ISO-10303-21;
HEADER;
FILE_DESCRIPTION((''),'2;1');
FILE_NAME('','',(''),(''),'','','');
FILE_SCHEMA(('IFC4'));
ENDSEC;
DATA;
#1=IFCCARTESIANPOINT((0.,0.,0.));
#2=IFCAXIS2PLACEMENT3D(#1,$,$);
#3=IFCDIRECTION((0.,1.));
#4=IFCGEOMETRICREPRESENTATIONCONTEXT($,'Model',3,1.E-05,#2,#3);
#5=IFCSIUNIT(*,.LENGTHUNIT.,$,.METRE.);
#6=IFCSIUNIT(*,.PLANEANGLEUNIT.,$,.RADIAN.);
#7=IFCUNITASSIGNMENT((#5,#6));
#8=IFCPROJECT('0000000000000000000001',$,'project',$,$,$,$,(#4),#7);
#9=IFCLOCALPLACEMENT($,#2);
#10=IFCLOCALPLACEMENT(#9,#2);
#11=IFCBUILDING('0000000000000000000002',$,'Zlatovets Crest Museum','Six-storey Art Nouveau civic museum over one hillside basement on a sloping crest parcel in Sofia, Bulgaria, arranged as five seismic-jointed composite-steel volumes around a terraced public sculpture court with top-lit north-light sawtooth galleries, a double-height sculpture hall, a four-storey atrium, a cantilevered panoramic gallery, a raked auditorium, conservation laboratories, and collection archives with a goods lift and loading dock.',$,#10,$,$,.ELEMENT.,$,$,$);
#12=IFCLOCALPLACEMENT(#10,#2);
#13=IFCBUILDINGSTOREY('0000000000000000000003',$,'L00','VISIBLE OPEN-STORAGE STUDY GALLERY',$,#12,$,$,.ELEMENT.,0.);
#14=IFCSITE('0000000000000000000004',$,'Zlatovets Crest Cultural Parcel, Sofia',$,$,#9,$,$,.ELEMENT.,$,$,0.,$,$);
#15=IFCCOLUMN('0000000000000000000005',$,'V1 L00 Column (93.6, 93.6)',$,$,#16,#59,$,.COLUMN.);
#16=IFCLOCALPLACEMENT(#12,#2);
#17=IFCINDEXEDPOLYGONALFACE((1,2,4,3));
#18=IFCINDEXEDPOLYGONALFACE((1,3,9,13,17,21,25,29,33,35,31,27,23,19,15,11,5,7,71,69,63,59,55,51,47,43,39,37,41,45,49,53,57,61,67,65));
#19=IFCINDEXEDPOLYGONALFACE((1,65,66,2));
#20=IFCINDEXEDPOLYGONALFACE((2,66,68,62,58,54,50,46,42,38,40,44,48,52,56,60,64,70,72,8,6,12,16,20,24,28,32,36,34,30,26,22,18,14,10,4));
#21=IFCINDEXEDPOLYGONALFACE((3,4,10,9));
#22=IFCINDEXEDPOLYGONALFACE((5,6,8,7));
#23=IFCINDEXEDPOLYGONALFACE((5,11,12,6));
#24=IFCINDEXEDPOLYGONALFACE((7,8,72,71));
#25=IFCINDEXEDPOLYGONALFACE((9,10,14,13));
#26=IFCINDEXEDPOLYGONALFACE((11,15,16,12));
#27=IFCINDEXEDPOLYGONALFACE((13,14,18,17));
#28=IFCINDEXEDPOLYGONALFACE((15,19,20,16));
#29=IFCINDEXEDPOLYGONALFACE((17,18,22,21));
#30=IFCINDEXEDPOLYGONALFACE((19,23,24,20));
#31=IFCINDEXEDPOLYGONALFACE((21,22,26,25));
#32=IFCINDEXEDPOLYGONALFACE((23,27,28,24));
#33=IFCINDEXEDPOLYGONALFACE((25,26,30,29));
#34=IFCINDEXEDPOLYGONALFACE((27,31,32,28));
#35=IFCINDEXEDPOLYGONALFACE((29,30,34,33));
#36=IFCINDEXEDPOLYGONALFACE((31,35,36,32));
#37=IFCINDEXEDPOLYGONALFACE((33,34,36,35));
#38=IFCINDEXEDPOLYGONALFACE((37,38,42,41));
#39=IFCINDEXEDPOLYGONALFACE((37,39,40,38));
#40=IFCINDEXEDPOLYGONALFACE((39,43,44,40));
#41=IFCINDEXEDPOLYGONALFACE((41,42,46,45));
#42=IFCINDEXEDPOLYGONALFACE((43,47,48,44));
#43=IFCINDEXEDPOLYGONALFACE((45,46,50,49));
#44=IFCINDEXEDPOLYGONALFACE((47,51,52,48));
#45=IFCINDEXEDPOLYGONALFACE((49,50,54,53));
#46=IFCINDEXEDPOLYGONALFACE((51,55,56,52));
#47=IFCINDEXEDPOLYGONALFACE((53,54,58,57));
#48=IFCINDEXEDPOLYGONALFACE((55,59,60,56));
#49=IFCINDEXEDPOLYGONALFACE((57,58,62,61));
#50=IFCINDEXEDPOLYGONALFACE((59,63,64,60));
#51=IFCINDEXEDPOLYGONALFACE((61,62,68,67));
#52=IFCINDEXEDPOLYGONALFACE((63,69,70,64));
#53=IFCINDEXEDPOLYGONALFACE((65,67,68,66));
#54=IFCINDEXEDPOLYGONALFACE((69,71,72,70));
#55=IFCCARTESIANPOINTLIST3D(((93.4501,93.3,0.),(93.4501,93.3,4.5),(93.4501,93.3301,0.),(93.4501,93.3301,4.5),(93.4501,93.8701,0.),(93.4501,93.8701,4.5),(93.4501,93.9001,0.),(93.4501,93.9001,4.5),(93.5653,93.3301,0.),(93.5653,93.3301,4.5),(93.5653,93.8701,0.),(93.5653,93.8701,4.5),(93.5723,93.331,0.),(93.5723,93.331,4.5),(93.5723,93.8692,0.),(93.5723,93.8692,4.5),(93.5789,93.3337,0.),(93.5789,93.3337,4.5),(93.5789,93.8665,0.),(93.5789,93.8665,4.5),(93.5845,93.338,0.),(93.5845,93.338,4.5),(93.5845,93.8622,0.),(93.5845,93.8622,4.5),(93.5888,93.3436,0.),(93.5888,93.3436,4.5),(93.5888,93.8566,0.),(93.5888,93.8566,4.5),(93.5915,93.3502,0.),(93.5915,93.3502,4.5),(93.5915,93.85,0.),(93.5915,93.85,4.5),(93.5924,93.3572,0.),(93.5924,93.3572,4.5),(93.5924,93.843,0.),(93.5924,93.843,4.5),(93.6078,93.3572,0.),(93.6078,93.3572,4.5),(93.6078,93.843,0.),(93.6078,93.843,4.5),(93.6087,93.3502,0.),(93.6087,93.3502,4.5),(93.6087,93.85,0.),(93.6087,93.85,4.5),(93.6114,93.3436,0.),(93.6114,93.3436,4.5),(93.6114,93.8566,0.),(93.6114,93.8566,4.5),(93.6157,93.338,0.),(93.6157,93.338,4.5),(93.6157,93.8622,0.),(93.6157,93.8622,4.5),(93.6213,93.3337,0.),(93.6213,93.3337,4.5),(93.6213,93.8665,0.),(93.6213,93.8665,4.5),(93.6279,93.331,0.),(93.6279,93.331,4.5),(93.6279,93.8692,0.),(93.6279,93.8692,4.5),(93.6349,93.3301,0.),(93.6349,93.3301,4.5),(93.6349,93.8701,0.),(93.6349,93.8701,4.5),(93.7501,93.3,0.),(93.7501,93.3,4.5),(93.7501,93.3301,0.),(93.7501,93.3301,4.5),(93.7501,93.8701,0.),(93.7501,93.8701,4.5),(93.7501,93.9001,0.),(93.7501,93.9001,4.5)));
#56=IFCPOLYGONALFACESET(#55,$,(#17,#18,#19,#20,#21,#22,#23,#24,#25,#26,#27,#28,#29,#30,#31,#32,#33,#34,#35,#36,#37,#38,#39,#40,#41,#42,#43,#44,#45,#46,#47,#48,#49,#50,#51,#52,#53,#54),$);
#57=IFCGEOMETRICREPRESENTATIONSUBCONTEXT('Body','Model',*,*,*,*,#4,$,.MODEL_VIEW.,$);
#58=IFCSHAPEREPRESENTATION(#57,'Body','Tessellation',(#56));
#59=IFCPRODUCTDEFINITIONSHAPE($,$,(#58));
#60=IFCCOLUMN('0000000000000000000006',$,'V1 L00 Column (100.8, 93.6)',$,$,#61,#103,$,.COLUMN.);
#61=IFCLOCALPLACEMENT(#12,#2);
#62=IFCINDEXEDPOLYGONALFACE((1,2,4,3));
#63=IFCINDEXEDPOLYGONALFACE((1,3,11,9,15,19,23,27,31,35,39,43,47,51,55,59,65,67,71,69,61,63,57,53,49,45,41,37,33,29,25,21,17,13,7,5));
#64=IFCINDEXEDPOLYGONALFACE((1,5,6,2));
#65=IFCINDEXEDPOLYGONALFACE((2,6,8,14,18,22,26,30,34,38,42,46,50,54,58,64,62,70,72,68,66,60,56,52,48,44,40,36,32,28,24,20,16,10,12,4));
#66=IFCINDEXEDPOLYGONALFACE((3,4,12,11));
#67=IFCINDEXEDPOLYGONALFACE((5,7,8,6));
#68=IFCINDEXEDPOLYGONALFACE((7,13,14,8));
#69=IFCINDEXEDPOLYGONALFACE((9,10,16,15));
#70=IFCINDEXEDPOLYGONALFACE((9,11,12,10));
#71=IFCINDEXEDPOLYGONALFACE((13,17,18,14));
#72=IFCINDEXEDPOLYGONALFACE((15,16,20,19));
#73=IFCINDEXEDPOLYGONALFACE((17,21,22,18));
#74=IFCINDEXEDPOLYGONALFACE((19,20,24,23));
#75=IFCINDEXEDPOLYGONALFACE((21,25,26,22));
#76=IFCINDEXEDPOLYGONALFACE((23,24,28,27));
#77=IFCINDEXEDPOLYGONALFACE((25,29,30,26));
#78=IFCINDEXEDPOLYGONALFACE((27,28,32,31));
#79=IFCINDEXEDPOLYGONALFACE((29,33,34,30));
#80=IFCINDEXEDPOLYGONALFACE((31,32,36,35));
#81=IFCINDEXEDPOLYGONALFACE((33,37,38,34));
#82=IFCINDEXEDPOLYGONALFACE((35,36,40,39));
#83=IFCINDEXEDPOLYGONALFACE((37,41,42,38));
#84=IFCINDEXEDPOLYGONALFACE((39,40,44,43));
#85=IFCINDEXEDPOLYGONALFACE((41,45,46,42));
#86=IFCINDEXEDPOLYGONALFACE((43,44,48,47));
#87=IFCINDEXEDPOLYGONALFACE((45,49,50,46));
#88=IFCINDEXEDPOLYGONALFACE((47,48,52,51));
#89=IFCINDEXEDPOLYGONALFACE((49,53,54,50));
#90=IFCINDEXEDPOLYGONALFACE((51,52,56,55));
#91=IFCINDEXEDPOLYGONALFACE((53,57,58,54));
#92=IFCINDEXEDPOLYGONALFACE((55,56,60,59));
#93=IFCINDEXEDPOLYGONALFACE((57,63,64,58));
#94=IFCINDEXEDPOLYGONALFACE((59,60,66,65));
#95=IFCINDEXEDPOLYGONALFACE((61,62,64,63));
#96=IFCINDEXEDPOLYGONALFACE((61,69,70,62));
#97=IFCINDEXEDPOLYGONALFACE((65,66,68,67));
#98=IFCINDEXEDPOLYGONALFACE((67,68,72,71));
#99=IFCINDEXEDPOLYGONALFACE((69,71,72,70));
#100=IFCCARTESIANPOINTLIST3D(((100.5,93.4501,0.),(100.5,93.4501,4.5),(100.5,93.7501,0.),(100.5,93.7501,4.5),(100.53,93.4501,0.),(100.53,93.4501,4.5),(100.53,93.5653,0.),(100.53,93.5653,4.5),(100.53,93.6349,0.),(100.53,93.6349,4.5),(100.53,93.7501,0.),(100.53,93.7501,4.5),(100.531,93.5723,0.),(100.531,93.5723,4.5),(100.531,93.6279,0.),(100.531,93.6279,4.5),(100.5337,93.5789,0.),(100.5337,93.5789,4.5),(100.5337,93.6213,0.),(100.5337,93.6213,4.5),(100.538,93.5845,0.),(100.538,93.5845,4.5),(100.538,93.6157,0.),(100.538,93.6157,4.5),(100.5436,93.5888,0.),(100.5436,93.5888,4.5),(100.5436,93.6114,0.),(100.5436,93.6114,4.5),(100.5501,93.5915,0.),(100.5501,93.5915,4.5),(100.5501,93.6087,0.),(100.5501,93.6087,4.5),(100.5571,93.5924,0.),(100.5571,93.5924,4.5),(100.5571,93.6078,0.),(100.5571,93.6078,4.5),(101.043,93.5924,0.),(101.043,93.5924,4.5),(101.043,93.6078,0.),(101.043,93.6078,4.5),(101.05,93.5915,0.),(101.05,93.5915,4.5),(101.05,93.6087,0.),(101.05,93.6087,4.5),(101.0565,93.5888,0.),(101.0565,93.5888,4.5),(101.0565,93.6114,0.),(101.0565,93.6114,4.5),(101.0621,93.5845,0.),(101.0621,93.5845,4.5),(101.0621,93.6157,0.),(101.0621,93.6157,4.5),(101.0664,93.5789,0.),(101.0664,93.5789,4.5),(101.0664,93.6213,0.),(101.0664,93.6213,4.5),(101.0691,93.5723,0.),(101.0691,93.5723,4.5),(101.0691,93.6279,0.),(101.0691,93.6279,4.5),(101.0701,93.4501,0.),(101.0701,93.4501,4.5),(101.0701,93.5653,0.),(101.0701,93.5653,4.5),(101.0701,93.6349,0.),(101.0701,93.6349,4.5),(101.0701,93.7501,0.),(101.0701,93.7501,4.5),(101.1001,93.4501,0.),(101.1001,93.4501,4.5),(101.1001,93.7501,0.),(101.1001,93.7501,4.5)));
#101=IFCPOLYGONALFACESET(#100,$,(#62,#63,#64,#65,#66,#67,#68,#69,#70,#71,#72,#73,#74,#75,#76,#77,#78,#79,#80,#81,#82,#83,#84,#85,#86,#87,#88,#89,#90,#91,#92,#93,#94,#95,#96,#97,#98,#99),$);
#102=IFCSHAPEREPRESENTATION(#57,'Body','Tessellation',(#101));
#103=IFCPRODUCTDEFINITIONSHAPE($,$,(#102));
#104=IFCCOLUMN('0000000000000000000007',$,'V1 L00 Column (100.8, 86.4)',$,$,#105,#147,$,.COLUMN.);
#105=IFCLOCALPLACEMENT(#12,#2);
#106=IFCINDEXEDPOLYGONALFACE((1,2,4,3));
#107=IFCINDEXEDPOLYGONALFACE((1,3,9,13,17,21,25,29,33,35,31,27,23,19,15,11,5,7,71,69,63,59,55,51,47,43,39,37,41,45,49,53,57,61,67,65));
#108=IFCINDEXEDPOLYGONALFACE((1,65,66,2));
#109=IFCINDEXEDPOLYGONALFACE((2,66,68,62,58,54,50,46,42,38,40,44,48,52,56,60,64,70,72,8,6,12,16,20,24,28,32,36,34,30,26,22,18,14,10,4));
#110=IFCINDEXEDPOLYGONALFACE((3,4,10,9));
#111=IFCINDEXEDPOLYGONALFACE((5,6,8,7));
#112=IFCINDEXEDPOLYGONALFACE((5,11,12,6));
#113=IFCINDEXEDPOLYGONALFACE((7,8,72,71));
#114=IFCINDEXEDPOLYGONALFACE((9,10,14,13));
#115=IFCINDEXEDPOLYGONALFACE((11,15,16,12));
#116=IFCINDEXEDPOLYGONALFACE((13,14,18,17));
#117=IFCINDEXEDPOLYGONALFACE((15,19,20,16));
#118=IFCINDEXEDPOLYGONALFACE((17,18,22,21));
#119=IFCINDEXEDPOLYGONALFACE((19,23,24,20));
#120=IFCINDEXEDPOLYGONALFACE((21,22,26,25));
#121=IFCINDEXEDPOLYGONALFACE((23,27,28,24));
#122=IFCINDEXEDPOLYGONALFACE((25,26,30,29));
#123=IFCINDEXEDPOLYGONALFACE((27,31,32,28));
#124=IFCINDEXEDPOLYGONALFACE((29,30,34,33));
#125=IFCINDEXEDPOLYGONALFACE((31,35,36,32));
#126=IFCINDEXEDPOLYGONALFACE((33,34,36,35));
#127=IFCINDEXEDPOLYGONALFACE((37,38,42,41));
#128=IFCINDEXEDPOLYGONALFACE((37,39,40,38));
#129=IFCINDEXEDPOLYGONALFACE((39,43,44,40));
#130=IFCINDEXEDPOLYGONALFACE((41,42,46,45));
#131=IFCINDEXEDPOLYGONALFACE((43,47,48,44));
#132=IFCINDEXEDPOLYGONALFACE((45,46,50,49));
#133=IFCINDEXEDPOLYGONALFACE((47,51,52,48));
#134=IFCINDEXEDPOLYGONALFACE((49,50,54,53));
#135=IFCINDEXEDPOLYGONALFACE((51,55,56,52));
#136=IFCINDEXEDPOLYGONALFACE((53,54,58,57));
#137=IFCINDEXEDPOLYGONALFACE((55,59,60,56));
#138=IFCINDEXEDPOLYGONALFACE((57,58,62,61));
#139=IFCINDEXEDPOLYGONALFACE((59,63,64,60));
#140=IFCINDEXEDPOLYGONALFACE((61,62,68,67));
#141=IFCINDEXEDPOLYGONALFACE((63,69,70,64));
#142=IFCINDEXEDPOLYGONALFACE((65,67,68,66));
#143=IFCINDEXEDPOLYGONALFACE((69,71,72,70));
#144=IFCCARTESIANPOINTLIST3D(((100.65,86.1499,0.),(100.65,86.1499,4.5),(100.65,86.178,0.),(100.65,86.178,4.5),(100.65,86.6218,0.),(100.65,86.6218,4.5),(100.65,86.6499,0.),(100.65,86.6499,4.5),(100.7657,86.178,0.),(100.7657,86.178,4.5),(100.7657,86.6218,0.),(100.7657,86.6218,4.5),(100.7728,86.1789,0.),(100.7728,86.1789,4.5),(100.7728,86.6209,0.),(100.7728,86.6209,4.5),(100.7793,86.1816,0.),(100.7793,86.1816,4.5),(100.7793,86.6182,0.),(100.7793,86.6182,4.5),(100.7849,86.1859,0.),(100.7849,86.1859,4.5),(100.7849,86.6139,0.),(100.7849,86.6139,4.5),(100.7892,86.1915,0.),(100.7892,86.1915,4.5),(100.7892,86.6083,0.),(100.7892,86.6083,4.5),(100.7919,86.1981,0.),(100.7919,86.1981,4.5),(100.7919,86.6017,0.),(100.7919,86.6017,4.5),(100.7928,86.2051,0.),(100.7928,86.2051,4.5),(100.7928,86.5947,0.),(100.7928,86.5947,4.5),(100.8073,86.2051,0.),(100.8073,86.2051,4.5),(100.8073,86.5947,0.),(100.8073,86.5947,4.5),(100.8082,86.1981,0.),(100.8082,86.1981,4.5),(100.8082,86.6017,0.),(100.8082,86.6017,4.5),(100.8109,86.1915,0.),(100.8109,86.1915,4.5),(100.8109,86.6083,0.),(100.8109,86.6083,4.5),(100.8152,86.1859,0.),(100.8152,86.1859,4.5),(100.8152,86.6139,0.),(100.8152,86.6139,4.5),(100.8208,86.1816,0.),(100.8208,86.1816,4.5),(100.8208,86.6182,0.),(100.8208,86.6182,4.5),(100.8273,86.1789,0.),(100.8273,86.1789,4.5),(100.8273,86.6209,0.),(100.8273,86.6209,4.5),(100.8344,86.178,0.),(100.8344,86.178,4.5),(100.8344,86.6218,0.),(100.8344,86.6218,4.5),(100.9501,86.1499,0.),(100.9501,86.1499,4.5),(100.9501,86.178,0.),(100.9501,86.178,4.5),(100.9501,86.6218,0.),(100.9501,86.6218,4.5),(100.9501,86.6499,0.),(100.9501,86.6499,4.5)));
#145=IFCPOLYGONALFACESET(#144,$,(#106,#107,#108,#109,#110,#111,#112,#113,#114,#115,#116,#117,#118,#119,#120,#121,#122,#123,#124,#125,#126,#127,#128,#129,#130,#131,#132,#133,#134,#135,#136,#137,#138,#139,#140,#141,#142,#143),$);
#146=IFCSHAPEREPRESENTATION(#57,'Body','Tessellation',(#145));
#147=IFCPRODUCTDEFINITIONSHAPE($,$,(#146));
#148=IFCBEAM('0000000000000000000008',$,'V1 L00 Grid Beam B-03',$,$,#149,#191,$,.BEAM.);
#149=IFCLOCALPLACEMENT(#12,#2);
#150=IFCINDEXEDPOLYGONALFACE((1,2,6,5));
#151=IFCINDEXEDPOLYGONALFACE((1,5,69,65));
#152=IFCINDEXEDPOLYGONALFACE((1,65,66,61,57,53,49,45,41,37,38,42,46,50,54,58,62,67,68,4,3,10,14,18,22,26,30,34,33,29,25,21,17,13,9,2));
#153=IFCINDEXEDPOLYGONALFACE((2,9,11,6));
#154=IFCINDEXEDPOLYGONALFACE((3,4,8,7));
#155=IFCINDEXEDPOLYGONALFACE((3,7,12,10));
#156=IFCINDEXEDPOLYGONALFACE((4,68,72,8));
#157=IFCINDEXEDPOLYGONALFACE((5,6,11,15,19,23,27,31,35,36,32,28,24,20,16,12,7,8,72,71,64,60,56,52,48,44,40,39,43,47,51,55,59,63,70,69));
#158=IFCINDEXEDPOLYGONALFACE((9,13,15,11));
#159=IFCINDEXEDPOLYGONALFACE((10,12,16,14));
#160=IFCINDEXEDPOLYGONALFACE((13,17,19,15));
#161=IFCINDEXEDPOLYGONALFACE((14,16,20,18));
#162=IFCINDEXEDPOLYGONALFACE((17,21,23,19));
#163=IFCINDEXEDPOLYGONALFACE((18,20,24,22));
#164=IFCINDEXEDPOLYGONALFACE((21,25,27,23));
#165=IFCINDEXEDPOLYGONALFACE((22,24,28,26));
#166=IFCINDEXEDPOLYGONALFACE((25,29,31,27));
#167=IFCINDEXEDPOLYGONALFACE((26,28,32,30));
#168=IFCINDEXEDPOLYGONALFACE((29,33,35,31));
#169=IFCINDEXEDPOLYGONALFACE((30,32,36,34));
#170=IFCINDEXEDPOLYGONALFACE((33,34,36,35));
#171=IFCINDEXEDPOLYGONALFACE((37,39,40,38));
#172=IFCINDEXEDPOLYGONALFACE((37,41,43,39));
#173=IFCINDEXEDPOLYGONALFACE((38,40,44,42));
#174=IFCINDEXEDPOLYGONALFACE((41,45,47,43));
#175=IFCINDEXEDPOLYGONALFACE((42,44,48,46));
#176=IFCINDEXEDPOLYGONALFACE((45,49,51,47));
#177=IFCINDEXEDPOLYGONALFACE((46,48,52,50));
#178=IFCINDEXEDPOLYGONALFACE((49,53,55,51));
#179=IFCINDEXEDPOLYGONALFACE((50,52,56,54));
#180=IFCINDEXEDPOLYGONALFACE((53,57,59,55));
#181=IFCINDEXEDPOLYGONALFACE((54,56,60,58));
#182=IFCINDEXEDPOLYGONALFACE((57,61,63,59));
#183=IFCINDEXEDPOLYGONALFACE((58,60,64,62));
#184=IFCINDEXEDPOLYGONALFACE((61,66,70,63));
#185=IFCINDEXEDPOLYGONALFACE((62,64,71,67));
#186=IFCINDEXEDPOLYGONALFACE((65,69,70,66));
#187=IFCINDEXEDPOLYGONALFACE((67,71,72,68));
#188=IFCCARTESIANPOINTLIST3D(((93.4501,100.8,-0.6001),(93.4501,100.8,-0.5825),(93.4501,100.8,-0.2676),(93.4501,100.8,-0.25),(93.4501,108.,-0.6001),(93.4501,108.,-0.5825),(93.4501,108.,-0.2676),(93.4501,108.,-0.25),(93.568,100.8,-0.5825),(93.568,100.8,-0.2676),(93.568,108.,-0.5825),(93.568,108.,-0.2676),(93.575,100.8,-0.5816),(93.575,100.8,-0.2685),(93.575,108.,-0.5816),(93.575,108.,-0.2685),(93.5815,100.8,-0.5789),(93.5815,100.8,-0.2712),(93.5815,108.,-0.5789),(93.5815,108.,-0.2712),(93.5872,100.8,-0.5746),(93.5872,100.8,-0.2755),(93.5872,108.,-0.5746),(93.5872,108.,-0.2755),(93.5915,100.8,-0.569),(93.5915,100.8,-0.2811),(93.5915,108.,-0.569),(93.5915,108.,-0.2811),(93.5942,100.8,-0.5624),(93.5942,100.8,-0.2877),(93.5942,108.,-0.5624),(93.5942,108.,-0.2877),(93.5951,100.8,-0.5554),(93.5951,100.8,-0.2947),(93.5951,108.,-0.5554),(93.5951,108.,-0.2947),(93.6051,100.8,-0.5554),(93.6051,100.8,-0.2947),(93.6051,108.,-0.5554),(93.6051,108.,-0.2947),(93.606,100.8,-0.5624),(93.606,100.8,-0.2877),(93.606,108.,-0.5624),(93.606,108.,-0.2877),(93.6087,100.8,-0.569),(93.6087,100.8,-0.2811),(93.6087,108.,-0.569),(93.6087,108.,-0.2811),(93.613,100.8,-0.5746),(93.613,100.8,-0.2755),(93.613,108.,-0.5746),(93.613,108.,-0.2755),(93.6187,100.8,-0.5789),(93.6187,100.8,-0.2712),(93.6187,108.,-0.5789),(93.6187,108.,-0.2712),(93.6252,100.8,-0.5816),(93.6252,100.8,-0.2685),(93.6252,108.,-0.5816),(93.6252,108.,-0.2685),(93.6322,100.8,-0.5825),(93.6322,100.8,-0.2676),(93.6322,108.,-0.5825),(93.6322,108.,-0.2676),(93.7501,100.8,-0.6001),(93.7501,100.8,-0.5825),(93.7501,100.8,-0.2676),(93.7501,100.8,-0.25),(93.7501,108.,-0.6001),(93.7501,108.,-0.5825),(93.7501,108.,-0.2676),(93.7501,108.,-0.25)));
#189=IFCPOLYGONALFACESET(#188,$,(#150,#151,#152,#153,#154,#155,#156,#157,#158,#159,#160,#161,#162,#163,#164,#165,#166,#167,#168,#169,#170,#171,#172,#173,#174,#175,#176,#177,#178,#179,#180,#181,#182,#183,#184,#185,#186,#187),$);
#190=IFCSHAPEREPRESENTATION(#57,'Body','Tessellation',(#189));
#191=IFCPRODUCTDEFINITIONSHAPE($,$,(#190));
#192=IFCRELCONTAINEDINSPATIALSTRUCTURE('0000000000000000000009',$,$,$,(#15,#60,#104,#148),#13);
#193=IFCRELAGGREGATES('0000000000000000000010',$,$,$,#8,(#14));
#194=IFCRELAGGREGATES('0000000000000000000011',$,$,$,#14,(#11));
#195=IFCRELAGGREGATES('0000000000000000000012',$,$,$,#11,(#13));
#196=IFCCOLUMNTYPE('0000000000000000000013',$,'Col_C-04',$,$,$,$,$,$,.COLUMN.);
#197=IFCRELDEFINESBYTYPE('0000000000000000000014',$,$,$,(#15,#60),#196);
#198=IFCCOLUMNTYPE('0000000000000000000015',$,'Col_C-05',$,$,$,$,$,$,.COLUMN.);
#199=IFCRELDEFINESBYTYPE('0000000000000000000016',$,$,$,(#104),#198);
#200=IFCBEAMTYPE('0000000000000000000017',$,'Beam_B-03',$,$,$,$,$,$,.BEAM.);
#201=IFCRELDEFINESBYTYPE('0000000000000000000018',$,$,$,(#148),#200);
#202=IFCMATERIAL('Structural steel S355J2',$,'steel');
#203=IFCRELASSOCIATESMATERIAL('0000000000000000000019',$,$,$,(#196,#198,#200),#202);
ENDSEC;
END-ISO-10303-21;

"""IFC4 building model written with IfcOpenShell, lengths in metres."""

from ifc_helpers import new_model, si_unit, direction, frame, origin, origin_2d, place, context, subcontext, project, spatial, i_section, extrude, material, material_profile, profile_set, type_object, element, save


model = new_model("IFC4")

# Units and contexts
model_context = context("Model", 3, precision=1e-05, world=origin(), true_north=direction((0.0, 1.0)))
body_context = subcontext(model_context, "Body", "Model", "MODEL_VIEW")
ifc_project = project(units=[si_unit("LENGTHUNIT", "METRE"), si_unit("PLANEANGLEUNIT", "RADIAN")], contexts=[model_context])

# Site, building, storey
site_placement = place(None, origin())
site = spatial("IfcSite", under=ifc_project, at=site_placement, Name="Zlatovets Crest Cultural Parcel, Sofia", CompositionType="ELEMENT", RefElevation=0.0)
building_placement = place(site_placement, origin())
building = spatial("IfcBuilding", under=site, at=building_placement, Name="Zlatovets Crest Museum", Description="Six-storey Art Nouveau civic museum over one hillside basement on a sloping crest parcel in Sofia, Bulgaria, arranged as five seismic-jointed composite-steel volumes around a terraced public sculpture court with top-lit north-light sawtooth galleries, a double-height sculpture hall, a four-storey atrium, a cantilevered panoramic gallery, a raked auditorium, conservation laboratories, and collection archives with a goods lift and loading dock.", CompositionType="ELEMENT")
storey_placement = place(building_placement, origin())
storey = spatial("IfcBuildingStorey", under=building, at=storey_placement, Name="L00", Description="VISIBLE OPEN-STORAGE STUDY GALLERY", CompositionType="ELEMENT", Elevation=0.0)

# Columns
ifc_material_1 = material(Name="Structural steel S355J2", Category="steel")
ifc_material_profile_1 = material_profile(ifc_material_1, i_section(OverallWidth=0.3, OverallDepth=0.6001, WebThickness=0.0154, FlangeThickness=0.03, FilletRadius=0.0271, at=origin_2d()), Name="HEB 600")
ifc_profile_set_1 = profile_set([ifc_material_profile_1], Name="Structural steel S355J2")
column_type_1 = type_object("IfcColumnType", Name="Col_C-04", PredefinedType="COLUMN", material=ifc_profile_set_1)
for number, where, z_axis, x_axis, name in (
    (1, (93.6001, 93.6001, 0.0), (0.0, 0.0, 1.0), (1.0, 0.0, 0.0), "V1 L00 Column (93.6, 93.6)"),
    (2, (100.8, 93.6001, 0.0), (0.0, 0.0, 1.0), (0.0, 1.0, 0.0), "V1 L00 Column (100.8, 93.6)"),
):
    element("IfcColumn", number, at=place(storey_placement, frame(where, z_axis=z_axis, x_axis=x_axis)), inside=storey, type_object=column_type_1, Name=name, PredefinedType="COLUMN", context=body_context, shape_type="SweptSolid", body=[
        extrude(i_section(OverallWidth=0.3, OverallDepth=0.6001, WebThickness=0.0154, FlangeThickness=0.03, FilletRadius=0.0271, at=origin_2d()), origin(), (0.0, 0.0, 1.0), 4.5),
    ])
ifc_material_profile_2 = material_profile(ifc_material_1, i_section(OverallWidth=0.3, OverallDepth=0.5, WebThickness=0.0144, FlangeThickness=0.0281, FilletRadius=0.0271, at=origin_2d()), Name="HEB 500")
ifc_profile_set_2 = profile_set([ifc_material_profile_2], Name="Structural steel S355J2")
column_type_2 = type_object("IfcColumnType", Name="Col_C-05", PredefinedType="COLUMN", material=ifc_profile_set_2)
column_placement = place(storey_placement, frame((100.8, 86.3999, 0.0), z_axis=(0.0, 0.0, 1.0), x_axis=(1.0, 0.0, 0.0)))
element("IfcColumn", 3, at=column_placement, inside=storey, type_object=column_type_2, Name="V1 L00 Column (100.8, 86.4)", PredefinedType="COLUMN", context=body_context, shape_type="SweptSolid", body=[
    extrude(i_section(OverallWidth=0.3, OverallDepth=0.5, WebThickness=0.0144, FlangeThickness=0.0281, FilletRadius=0.0271, at=origin_2d()), origin(), (0.0, 0.0, 1.0), 4.5),
])

# Beam
ifc_material_profile_3 = material_profile(ifc_material_1, i_section(OverallWidth=0.3, OverallDepth=0.3501, WebThickness=0.01, FlangeThickness=0.0176, FilletRadius=0.0271, at=origin_2d()), Name="HEA 360")
ifc_profile_set_3 = profile_set([ifc_material_profile_3], Name="Structural steel S355J2")
beam_type_1 = type_object("IfcBeamType", Name="Beam_B-03", PredefinedType="BEAM", material=ifc_profile_set_3)
beam_1_placement = place(storey_placement, frame((93.6001, 100.8, -0.425), z_axis=(0.0, 1.0, 0.0), x_axis=(-1.0, 0.0, 0.0)))
element("IfcBeam", 4, at=beam_1_placement, inside=storey, type_object=beam_type_1, Name="V1 L00 Grid Beam B-03", PredefinedType="BEAM", context=body_context, shape_type="SweptSolid", body=[
    extrude(i_section(OverallWidth=0.3, OverallDepth=0.3501, WebThickness=0.01, FlangeThickness=0.0176, FilletRadius=0.0271, at=origin_2d()), origin(), (0.0, 0.0, 1.0), 7.2),
])

save(model, "model.ifc")
